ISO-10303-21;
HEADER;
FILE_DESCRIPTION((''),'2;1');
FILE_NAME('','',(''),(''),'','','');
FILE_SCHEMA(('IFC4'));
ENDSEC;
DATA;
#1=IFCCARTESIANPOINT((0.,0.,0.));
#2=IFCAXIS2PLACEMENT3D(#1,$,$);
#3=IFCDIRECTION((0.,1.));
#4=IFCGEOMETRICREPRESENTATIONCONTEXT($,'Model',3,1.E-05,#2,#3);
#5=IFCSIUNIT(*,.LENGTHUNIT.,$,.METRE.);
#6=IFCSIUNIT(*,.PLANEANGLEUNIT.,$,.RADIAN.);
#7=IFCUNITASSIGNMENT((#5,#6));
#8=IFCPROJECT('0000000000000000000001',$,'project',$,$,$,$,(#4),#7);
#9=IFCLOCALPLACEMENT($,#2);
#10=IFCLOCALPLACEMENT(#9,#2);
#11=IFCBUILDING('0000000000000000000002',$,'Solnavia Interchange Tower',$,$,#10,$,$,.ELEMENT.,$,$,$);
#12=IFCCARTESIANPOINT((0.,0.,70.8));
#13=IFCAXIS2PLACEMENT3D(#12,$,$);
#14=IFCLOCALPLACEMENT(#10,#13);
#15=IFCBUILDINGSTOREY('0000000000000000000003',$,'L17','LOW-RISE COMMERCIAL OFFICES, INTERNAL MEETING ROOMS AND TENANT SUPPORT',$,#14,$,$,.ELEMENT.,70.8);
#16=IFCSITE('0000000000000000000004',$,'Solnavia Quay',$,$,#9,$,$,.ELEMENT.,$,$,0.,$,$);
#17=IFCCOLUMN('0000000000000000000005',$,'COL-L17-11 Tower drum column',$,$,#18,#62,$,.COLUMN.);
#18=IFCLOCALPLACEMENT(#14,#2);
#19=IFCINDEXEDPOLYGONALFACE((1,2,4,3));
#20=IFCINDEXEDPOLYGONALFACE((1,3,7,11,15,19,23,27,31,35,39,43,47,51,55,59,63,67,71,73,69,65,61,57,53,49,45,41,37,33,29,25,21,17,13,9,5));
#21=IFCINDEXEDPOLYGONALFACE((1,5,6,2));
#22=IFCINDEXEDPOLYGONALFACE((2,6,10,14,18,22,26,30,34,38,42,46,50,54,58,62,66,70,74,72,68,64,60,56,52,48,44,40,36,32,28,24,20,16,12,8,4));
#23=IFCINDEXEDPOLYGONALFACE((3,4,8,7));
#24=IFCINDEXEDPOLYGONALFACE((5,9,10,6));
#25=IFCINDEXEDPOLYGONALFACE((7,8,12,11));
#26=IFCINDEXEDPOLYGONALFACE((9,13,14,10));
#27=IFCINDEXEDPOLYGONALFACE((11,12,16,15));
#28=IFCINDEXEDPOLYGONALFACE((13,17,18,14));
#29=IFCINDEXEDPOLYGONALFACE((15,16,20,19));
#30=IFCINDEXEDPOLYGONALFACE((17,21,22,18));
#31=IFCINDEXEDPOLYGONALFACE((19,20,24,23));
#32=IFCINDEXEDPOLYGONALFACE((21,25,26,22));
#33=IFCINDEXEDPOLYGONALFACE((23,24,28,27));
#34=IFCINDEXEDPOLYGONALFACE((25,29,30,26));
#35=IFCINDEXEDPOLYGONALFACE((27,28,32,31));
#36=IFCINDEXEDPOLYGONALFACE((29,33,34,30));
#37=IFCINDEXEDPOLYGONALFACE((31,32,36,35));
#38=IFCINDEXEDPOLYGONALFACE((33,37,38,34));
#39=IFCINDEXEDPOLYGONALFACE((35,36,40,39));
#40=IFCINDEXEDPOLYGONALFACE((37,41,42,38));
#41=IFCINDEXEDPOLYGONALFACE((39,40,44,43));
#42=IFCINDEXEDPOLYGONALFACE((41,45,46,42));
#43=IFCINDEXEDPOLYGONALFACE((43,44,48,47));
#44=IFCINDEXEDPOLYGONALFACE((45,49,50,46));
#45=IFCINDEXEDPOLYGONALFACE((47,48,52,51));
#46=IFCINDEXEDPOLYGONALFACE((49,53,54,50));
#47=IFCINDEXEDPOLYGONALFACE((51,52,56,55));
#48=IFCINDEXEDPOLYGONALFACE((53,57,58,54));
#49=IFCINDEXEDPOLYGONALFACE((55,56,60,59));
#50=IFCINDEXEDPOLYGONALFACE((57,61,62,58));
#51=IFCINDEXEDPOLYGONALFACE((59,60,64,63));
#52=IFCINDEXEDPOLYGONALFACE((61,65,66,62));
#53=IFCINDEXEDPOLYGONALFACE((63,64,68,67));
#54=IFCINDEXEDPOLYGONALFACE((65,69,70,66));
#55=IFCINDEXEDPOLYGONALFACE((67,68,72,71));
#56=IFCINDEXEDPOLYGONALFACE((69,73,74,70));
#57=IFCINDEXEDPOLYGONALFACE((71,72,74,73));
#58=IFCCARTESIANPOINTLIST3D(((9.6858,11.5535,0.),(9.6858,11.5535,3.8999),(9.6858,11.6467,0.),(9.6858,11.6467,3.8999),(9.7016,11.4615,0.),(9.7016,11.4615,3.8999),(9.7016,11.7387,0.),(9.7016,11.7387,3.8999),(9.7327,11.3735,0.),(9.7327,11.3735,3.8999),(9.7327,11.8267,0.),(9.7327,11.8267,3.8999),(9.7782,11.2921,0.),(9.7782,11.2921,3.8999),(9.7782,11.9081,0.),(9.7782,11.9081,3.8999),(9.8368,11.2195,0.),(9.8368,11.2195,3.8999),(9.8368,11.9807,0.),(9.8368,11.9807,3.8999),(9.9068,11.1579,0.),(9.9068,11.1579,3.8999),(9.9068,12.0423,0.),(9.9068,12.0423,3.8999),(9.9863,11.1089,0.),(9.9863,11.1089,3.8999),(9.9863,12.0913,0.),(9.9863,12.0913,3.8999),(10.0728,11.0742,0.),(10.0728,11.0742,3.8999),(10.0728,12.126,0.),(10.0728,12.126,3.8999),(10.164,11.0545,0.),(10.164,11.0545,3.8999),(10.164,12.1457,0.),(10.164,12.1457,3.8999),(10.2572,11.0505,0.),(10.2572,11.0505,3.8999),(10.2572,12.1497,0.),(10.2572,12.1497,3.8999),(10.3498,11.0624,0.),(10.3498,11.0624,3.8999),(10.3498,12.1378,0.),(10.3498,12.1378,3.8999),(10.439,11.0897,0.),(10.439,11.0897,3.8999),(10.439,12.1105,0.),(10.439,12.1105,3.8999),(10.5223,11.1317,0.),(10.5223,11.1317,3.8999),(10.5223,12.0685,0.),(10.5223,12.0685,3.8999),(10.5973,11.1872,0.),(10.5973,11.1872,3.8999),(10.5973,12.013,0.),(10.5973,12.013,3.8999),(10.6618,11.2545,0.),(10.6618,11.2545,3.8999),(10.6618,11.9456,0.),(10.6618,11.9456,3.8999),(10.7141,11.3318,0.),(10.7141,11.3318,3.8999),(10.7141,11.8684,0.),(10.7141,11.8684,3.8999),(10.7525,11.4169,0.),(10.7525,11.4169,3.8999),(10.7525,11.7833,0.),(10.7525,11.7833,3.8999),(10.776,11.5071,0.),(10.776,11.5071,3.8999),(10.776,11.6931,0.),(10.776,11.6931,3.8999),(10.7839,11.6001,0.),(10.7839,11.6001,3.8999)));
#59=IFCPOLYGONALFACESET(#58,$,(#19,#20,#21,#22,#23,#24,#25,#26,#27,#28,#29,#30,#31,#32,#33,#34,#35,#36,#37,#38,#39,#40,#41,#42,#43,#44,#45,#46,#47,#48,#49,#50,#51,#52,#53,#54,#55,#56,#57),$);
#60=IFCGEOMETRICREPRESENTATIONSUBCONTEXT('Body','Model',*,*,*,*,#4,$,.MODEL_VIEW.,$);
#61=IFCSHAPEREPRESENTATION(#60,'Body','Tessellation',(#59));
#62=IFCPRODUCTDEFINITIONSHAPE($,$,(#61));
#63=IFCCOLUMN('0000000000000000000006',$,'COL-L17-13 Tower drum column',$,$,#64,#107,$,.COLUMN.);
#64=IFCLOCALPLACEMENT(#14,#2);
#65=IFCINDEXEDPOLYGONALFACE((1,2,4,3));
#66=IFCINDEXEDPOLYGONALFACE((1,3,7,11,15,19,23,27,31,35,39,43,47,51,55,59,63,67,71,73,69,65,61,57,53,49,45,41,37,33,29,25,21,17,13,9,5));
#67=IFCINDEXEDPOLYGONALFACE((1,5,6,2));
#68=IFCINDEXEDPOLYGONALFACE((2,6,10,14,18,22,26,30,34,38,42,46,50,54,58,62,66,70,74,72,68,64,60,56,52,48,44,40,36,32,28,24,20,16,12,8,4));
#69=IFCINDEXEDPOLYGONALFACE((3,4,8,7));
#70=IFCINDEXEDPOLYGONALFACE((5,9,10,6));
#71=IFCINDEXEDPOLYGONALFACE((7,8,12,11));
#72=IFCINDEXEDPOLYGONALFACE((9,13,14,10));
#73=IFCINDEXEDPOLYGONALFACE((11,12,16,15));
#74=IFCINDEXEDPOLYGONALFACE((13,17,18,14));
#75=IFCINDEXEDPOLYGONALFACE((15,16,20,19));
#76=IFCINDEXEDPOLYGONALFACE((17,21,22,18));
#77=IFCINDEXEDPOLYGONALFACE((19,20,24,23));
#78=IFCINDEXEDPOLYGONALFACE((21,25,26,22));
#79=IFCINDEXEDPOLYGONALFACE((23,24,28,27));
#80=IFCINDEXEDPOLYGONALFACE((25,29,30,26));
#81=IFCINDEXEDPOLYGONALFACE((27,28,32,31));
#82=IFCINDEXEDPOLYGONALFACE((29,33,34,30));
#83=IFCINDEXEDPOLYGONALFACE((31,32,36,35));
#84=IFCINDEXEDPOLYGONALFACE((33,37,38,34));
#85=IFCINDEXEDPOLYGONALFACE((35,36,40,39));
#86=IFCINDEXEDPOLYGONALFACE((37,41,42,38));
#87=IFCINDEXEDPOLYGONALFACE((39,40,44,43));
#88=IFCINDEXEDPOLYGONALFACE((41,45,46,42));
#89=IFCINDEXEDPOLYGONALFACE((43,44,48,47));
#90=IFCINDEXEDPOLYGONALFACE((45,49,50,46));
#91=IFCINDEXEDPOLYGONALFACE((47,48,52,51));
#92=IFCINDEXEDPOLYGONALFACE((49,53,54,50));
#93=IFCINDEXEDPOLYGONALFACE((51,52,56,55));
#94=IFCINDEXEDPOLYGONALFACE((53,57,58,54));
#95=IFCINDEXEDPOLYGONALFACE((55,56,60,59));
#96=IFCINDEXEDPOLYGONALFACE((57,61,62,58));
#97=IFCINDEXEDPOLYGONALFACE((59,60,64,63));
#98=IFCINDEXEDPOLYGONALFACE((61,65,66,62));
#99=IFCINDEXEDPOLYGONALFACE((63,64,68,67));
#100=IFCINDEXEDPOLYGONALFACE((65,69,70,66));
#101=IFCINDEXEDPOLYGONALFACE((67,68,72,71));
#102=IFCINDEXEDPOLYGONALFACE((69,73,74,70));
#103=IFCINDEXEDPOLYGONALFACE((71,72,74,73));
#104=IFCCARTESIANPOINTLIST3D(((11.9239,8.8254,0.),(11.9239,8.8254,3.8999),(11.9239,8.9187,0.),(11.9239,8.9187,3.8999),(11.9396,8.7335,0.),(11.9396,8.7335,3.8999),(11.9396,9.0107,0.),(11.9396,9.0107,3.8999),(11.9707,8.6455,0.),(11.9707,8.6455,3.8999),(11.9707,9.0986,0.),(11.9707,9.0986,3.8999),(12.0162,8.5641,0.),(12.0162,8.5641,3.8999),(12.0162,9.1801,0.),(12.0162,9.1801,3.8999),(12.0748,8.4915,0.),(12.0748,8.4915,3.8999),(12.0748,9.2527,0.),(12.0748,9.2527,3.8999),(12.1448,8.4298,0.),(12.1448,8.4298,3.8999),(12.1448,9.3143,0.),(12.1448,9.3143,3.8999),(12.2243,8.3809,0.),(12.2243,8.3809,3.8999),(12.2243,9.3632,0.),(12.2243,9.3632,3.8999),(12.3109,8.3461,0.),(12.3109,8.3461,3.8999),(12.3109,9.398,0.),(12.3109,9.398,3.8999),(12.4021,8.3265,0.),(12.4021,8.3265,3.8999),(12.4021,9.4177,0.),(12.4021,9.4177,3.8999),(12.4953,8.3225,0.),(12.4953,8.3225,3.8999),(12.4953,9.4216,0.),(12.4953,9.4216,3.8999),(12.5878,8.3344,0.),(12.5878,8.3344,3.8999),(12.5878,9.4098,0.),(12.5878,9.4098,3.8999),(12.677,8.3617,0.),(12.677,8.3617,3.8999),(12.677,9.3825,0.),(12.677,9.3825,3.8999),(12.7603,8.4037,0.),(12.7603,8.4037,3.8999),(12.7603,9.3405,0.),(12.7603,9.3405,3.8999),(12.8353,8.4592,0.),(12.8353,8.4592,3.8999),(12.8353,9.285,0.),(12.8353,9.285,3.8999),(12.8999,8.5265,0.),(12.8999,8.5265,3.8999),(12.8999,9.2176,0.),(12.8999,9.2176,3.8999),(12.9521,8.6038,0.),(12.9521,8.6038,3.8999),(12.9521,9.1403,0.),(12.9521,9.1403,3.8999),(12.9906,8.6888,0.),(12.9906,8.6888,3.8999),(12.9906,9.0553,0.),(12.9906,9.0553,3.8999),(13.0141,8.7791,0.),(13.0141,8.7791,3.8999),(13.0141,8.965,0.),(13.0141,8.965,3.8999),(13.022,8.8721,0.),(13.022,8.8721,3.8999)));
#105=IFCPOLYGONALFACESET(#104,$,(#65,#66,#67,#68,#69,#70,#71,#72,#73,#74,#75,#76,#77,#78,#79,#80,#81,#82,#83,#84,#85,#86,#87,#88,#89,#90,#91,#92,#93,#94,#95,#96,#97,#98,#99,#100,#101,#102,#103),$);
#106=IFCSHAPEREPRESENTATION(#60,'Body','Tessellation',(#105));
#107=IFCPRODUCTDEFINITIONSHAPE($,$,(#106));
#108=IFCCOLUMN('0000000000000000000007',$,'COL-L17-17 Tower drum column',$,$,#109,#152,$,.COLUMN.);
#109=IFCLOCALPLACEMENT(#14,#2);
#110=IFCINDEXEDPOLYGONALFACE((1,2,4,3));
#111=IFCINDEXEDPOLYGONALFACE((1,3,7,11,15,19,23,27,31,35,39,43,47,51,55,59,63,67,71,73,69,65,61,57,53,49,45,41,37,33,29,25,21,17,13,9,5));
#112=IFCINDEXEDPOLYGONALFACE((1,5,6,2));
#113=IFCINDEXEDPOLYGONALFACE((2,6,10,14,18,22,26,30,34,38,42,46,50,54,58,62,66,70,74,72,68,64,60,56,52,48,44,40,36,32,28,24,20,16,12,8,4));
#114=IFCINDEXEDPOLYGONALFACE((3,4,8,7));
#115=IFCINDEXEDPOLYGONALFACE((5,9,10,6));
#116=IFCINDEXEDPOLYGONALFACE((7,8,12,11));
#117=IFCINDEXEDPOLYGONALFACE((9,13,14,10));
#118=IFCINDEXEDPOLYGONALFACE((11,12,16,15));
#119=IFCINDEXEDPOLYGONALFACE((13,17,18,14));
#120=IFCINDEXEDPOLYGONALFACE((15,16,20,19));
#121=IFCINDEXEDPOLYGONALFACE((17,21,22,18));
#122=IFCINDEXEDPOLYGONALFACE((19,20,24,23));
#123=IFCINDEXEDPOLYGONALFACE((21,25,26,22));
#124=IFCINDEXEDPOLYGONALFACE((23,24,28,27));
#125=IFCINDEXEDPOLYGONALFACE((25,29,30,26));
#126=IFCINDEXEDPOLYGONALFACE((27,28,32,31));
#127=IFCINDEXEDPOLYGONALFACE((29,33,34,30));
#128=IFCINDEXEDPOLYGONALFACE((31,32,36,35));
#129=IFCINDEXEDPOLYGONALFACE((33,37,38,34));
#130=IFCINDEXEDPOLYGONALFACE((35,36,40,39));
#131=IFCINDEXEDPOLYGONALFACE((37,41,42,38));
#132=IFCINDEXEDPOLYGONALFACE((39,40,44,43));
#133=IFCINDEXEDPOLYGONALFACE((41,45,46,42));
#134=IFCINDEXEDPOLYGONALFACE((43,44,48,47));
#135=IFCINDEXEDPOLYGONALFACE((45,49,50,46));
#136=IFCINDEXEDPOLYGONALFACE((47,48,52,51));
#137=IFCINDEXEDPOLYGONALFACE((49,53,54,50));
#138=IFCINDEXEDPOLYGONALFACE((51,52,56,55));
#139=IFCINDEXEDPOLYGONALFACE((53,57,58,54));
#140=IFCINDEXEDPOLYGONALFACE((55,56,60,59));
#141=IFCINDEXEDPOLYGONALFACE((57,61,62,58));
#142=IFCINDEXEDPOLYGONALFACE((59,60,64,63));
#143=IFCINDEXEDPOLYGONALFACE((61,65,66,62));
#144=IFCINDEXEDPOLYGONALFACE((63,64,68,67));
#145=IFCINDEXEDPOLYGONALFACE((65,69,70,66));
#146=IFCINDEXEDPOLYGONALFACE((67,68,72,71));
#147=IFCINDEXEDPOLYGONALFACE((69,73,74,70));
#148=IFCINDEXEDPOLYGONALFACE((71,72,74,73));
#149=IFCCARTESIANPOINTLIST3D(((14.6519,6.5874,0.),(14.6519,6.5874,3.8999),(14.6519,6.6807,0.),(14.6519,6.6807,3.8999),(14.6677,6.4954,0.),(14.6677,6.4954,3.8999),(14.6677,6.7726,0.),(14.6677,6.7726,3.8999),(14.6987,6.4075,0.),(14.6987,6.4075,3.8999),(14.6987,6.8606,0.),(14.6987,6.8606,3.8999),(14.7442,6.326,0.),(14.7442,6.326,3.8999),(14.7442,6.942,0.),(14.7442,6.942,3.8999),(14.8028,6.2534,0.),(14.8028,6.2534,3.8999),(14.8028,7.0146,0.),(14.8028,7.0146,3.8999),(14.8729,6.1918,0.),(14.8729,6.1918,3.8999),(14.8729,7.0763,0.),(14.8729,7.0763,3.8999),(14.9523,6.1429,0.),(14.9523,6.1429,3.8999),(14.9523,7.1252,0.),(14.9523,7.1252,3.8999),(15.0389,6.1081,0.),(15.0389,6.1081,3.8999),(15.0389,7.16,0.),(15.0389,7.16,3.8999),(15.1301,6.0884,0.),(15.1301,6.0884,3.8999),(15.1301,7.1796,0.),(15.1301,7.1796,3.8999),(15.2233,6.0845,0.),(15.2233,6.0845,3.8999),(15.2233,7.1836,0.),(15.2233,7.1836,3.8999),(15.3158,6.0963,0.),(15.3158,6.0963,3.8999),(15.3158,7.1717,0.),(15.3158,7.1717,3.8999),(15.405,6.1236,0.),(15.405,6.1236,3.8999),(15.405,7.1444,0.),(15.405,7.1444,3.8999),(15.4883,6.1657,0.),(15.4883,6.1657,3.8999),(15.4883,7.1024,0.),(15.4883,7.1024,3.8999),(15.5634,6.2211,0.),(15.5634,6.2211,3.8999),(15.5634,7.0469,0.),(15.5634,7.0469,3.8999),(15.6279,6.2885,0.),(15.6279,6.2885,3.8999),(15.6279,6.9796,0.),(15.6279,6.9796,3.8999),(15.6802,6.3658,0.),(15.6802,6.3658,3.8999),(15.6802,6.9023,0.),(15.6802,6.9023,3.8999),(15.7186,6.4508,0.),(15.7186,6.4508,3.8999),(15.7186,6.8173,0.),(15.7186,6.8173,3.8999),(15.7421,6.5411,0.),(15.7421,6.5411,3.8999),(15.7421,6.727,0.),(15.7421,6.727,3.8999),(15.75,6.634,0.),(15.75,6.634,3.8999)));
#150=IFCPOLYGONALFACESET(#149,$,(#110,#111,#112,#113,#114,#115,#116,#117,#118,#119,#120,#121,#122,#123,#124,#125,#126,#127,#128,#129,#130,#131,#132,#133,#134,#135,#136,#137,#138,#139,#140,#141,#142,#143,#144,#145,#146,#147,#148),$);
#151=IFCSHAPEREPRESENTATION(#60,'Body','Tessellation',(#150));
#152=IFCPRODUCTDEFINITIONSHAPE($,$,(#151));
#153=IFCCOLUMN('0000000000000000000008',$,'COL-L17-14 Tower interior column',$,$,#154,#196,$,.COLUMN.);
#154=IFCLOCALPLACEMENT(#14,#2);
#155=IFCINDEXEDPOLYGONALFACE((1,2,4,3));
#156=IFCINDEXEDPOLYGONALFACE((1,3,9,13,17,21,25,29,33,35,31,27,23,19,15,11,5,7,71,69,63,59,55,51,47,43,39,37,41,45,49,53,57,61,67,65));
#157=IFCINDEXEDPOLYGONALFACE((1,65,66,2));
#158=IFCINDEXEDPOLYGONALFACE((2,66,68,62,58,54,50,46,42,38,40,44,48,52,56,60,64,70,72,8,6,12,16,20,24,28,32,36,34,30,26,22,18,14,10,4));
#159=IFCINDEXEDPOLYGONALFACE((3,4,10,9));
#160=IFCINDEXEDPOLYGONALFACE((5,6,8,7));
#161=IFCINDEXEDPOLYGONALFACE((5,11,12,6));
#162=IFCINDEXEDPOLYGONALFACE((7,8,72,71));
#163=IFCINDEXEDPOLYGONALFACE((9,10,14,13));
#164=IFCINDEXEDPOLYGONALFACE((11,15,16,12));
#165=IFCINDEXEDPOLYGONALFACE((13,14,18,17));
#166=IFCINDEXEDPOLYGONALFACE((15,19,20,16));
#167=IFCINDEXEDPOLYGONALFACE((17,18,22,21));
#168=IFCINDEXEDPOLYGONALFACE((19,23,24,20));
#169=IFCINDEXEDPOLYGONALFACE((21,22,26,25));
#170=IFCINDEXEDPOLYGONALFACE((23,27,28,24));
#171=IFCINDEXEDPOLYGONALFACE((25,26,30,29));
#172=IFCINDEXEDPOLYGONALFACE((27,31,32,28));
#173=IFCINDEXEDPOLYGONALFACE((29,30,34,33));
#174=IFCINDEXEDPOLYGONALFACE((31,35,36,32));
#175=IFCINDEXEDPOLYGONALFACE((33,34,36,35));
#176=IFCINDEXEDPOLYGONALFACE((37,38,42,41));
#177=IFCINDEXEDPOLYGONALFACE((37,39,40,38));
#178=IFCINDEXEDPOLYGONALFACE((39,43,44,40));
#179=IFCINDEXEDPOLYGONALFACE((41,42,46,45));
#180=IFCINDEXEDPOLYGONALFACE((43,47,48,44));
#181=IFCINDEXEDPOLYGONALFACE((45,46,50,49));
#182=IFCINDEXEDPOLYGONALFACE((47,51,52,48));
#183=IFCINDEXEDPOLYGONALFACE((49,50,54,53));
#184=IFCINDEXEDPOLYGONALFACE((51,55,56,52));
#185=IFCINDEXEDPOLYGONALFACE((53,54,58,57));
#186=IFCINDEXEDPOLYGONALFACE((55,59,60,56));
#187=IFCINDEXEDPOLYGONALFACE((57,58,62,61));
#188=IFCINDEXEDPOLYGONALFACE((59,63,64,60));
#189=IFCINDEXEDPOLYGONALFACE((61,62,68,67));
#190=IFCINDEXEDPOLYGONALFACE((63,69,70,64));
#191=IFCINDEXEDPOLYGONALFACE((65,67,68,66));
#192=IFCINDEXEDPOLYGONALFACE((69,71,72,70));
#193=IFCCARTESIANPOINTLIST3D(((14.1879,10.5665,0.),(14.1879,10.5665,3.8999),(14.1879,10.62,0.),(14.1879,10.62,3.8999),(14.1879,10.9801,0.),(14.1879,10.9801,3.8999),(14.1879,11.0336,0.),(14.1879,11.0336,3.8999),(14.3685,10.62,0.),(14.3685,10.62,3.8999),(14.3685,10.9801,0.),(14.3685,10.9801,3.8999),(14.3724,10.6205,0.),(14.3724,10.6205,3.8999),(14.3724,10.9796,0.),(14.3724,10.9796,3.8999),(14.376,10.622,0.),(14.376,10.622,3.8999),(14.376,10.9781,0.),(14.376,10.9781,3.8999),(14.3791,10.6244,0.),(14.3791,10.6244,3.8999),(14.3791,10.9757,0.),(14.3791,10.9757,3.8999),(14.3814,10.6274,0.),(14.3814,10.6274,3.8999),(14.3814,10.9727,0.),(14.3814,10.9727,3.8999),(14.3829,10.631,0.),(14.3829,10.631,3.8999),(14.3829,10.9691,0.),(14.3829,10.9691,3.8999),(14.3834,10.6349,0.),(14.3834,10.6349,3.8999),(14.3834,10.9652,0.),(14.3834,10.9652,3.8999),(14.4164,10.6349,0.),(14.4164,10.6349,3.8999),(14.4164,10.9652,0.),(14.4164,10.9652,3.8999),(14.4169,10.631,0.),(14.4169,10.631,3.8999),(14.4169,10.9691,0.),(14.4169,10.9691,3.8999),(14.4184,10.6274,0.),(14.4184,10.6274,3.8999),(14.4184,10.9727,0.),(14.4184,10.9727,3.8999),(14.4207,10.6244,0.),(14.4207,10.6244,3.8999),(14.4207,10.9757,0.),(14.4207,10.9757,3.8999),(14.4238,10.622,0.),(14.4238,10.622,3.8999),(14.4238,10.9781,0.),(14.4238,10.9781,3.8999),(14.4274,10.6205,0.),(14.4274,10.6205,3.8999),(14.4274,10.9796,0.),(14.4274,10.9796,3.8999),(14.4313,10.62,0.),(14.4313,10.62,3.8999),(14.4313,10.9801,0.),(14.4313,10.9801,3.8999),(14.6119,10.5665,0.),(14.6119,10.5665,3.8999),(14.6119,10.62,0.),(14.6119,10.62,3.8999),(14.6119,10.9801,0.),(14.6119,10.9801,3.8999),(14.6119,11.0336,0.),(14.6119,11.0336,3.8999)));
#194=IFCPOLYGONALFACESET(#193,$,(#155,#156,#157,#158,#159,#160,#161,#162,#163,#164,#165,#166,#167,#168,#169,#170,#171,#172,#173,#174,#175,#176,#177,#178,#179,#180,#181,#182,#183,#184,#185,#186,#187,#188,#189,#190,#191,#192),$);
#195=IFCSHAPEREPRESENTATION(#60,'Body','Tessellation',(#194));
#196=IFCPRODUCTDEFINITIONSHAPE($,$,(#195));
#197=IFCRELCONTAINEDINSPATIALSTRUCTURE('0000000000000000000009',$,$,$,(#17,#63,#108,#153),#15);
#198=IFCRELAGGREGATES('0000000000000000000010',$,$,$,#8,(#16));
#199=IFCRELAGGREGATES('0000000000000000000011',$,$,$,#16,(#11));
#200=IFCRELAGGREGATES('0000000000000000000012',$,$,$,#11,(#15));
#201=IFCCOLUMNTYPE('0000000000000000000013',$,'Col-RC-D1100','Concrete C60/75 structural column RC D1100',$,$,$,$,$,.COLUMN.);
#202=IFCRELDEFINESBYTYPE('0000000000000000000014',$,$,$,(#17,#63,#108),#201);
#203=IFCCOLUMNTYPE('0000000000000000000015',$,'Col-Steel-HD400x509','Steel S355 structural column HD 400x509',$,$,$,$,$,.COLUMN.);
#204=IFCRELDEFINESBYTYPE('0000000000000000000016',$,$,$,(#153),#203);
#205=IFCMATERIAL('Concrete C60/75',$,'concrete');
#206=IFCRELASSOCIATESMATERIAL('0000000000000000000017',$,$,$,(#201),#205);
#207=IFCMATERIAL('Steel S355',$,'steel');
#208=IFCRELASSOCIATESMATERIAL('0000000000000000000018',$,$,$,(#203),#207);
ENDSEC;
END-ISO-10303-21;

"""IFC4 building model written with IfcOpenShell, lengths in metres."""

from ifc_helpers import new_model, si_unit, direction, frame, origin, origin_2d, place, context, subcontext, project, spatial, circle, i_section, extrude, material, material_profile, profile_set, type_object, element, save


model = new_model("IFC4")

# Units and contexts
model_context = context("Model", 3, precision=1e-05, world=origin(), true_north=direction((0.0, 1.0)))
body_context = subcontext(model_context, "Body", "Model", "MODEL_VIEW")
ifc_project = project(units=[si_unit("LENGTHUNIT", "METRE"), si_unit("PLANEANGLEUNIT", "RADIAN")], contexts=[model_context])

# Site, building, storey
site_placement = place(None, origin())
site = spatial("IfcSite", under=ifc_project, at=site_placement, Name="Solnavia Quay", CompositionType="ELEMENT", RefElevation=0.0)
building_placement = place(site_placement, origin())
building = spatial("IfcBuilding", under=site, at=building_placement, Name="Solnavia Interchange Tower", CompositionType="ELEMENT")
storey_placement = place(building_placement, frame((0.0, 0.0, 70.8)))
storey = spatial("IfcBuildingStorey", under=building, at=storey_placement, Name="L17", Description="LOW-RISE COMMERCIAL OFFICES, INTERNAL MEETING ROOMS AND TENANT SUPPORT", CompositionType="ELEMENT", Elevation=70.8)

# Columns
ifc_material_1 = material(Name="Concrete C60/75", Category="concrete")
ifc_material_profile_1 = material_profile(ifc_material_1, circle(Radius=0.55, at=origin_2d()), Name="RC D1100")
ifc_profile_set_1 = profile_set([ifc_material_profile_1], Name="Concrete C60/75")
column_type_1 = type_object("IfcColumnType", Name="Col-RC-D1100", Description="Concrete C60/75 structural column RC D1100", PredefinedType="COLUMN", material=ifc_profile_set_1)
for number, where, z_axis, x_axis, name in (
    (1, (10.2339, 11.6001, 0.0), (0.0, 0.0, 1.0), (1.0, 0.0, 0.0), "COL-L17-11 Tower drum column"),
    (2, (12.4719, 8.8721, 0.0), (0.0, 0.0, 1.0), (1.0, 0.0, 0.0), "COL-L17-13 Tower drum column"),
    (3, (15.2, 6.634, 0.0), (0.0, 0.0, 1.0), (1.0, 0.0, 0.0), "COL-L17-17 Tower drum column"),
):
    element("IfcColumn", number, at=place(storey_placement, frame(where, z_axis=z_axis, x_axis=x_axis)), inside=storey, type_object=column_type_1, Name=name, PredefinedType="COLUMN", context=body_context, shape_type="SweptSolid", body=[
        extrude(circle(Radius=0.55, at=origin_2d()), origin(), (0.0, 0.0, 1.0), 3.8999),
    ])
ifc_material_2 = material(Name="Steel S355", Category="steel")
ifc_material_profile_2 = material_profile(ifc_material_2, i_section(OverallWidth=0.4241, OverallDepth=0.467, WebThickness=0.033, FlangeThickness=0.0535, FilletRadius=0.0149, at=origin_2d()), Name="HD 400x509")
ifc_profile_set_2 = profile_set([ifc_material_profile_2], Name="Steel S355")
column_type_2 = type_object("IfcColumnType", Name="Col-Steel-HD400x509", Description="Steel S355 structural column HD 400x509", PredefinedType="COLUMN", material=ifc_profile_set_2)
column_placement = place(storey_placement, frame((14.3999, 10.8, 0.0), z_axis=(0.0, 0.0, 1.0), x_axis=(1.0, 0.0, 0.0)))
element("IfcColumn", 4, at=column_placement, inside=storey, type_object=column_type_2, Name="COL-L17-14 Tower interior column", PredefinedType="COLUMN", context=body_context, shape_type="SweptSolid", body=[
    extrude(i_section(OverallWidth=0.4241, OverallDepth=0.467, WebThickness=0.033, FlangeThickness=0.0535, FilletRadius=0.0149, at=origin_2d()), origin(), (0.0, 0.0, 1.0), 3.8999),
])

save(model, "model.ifc")
